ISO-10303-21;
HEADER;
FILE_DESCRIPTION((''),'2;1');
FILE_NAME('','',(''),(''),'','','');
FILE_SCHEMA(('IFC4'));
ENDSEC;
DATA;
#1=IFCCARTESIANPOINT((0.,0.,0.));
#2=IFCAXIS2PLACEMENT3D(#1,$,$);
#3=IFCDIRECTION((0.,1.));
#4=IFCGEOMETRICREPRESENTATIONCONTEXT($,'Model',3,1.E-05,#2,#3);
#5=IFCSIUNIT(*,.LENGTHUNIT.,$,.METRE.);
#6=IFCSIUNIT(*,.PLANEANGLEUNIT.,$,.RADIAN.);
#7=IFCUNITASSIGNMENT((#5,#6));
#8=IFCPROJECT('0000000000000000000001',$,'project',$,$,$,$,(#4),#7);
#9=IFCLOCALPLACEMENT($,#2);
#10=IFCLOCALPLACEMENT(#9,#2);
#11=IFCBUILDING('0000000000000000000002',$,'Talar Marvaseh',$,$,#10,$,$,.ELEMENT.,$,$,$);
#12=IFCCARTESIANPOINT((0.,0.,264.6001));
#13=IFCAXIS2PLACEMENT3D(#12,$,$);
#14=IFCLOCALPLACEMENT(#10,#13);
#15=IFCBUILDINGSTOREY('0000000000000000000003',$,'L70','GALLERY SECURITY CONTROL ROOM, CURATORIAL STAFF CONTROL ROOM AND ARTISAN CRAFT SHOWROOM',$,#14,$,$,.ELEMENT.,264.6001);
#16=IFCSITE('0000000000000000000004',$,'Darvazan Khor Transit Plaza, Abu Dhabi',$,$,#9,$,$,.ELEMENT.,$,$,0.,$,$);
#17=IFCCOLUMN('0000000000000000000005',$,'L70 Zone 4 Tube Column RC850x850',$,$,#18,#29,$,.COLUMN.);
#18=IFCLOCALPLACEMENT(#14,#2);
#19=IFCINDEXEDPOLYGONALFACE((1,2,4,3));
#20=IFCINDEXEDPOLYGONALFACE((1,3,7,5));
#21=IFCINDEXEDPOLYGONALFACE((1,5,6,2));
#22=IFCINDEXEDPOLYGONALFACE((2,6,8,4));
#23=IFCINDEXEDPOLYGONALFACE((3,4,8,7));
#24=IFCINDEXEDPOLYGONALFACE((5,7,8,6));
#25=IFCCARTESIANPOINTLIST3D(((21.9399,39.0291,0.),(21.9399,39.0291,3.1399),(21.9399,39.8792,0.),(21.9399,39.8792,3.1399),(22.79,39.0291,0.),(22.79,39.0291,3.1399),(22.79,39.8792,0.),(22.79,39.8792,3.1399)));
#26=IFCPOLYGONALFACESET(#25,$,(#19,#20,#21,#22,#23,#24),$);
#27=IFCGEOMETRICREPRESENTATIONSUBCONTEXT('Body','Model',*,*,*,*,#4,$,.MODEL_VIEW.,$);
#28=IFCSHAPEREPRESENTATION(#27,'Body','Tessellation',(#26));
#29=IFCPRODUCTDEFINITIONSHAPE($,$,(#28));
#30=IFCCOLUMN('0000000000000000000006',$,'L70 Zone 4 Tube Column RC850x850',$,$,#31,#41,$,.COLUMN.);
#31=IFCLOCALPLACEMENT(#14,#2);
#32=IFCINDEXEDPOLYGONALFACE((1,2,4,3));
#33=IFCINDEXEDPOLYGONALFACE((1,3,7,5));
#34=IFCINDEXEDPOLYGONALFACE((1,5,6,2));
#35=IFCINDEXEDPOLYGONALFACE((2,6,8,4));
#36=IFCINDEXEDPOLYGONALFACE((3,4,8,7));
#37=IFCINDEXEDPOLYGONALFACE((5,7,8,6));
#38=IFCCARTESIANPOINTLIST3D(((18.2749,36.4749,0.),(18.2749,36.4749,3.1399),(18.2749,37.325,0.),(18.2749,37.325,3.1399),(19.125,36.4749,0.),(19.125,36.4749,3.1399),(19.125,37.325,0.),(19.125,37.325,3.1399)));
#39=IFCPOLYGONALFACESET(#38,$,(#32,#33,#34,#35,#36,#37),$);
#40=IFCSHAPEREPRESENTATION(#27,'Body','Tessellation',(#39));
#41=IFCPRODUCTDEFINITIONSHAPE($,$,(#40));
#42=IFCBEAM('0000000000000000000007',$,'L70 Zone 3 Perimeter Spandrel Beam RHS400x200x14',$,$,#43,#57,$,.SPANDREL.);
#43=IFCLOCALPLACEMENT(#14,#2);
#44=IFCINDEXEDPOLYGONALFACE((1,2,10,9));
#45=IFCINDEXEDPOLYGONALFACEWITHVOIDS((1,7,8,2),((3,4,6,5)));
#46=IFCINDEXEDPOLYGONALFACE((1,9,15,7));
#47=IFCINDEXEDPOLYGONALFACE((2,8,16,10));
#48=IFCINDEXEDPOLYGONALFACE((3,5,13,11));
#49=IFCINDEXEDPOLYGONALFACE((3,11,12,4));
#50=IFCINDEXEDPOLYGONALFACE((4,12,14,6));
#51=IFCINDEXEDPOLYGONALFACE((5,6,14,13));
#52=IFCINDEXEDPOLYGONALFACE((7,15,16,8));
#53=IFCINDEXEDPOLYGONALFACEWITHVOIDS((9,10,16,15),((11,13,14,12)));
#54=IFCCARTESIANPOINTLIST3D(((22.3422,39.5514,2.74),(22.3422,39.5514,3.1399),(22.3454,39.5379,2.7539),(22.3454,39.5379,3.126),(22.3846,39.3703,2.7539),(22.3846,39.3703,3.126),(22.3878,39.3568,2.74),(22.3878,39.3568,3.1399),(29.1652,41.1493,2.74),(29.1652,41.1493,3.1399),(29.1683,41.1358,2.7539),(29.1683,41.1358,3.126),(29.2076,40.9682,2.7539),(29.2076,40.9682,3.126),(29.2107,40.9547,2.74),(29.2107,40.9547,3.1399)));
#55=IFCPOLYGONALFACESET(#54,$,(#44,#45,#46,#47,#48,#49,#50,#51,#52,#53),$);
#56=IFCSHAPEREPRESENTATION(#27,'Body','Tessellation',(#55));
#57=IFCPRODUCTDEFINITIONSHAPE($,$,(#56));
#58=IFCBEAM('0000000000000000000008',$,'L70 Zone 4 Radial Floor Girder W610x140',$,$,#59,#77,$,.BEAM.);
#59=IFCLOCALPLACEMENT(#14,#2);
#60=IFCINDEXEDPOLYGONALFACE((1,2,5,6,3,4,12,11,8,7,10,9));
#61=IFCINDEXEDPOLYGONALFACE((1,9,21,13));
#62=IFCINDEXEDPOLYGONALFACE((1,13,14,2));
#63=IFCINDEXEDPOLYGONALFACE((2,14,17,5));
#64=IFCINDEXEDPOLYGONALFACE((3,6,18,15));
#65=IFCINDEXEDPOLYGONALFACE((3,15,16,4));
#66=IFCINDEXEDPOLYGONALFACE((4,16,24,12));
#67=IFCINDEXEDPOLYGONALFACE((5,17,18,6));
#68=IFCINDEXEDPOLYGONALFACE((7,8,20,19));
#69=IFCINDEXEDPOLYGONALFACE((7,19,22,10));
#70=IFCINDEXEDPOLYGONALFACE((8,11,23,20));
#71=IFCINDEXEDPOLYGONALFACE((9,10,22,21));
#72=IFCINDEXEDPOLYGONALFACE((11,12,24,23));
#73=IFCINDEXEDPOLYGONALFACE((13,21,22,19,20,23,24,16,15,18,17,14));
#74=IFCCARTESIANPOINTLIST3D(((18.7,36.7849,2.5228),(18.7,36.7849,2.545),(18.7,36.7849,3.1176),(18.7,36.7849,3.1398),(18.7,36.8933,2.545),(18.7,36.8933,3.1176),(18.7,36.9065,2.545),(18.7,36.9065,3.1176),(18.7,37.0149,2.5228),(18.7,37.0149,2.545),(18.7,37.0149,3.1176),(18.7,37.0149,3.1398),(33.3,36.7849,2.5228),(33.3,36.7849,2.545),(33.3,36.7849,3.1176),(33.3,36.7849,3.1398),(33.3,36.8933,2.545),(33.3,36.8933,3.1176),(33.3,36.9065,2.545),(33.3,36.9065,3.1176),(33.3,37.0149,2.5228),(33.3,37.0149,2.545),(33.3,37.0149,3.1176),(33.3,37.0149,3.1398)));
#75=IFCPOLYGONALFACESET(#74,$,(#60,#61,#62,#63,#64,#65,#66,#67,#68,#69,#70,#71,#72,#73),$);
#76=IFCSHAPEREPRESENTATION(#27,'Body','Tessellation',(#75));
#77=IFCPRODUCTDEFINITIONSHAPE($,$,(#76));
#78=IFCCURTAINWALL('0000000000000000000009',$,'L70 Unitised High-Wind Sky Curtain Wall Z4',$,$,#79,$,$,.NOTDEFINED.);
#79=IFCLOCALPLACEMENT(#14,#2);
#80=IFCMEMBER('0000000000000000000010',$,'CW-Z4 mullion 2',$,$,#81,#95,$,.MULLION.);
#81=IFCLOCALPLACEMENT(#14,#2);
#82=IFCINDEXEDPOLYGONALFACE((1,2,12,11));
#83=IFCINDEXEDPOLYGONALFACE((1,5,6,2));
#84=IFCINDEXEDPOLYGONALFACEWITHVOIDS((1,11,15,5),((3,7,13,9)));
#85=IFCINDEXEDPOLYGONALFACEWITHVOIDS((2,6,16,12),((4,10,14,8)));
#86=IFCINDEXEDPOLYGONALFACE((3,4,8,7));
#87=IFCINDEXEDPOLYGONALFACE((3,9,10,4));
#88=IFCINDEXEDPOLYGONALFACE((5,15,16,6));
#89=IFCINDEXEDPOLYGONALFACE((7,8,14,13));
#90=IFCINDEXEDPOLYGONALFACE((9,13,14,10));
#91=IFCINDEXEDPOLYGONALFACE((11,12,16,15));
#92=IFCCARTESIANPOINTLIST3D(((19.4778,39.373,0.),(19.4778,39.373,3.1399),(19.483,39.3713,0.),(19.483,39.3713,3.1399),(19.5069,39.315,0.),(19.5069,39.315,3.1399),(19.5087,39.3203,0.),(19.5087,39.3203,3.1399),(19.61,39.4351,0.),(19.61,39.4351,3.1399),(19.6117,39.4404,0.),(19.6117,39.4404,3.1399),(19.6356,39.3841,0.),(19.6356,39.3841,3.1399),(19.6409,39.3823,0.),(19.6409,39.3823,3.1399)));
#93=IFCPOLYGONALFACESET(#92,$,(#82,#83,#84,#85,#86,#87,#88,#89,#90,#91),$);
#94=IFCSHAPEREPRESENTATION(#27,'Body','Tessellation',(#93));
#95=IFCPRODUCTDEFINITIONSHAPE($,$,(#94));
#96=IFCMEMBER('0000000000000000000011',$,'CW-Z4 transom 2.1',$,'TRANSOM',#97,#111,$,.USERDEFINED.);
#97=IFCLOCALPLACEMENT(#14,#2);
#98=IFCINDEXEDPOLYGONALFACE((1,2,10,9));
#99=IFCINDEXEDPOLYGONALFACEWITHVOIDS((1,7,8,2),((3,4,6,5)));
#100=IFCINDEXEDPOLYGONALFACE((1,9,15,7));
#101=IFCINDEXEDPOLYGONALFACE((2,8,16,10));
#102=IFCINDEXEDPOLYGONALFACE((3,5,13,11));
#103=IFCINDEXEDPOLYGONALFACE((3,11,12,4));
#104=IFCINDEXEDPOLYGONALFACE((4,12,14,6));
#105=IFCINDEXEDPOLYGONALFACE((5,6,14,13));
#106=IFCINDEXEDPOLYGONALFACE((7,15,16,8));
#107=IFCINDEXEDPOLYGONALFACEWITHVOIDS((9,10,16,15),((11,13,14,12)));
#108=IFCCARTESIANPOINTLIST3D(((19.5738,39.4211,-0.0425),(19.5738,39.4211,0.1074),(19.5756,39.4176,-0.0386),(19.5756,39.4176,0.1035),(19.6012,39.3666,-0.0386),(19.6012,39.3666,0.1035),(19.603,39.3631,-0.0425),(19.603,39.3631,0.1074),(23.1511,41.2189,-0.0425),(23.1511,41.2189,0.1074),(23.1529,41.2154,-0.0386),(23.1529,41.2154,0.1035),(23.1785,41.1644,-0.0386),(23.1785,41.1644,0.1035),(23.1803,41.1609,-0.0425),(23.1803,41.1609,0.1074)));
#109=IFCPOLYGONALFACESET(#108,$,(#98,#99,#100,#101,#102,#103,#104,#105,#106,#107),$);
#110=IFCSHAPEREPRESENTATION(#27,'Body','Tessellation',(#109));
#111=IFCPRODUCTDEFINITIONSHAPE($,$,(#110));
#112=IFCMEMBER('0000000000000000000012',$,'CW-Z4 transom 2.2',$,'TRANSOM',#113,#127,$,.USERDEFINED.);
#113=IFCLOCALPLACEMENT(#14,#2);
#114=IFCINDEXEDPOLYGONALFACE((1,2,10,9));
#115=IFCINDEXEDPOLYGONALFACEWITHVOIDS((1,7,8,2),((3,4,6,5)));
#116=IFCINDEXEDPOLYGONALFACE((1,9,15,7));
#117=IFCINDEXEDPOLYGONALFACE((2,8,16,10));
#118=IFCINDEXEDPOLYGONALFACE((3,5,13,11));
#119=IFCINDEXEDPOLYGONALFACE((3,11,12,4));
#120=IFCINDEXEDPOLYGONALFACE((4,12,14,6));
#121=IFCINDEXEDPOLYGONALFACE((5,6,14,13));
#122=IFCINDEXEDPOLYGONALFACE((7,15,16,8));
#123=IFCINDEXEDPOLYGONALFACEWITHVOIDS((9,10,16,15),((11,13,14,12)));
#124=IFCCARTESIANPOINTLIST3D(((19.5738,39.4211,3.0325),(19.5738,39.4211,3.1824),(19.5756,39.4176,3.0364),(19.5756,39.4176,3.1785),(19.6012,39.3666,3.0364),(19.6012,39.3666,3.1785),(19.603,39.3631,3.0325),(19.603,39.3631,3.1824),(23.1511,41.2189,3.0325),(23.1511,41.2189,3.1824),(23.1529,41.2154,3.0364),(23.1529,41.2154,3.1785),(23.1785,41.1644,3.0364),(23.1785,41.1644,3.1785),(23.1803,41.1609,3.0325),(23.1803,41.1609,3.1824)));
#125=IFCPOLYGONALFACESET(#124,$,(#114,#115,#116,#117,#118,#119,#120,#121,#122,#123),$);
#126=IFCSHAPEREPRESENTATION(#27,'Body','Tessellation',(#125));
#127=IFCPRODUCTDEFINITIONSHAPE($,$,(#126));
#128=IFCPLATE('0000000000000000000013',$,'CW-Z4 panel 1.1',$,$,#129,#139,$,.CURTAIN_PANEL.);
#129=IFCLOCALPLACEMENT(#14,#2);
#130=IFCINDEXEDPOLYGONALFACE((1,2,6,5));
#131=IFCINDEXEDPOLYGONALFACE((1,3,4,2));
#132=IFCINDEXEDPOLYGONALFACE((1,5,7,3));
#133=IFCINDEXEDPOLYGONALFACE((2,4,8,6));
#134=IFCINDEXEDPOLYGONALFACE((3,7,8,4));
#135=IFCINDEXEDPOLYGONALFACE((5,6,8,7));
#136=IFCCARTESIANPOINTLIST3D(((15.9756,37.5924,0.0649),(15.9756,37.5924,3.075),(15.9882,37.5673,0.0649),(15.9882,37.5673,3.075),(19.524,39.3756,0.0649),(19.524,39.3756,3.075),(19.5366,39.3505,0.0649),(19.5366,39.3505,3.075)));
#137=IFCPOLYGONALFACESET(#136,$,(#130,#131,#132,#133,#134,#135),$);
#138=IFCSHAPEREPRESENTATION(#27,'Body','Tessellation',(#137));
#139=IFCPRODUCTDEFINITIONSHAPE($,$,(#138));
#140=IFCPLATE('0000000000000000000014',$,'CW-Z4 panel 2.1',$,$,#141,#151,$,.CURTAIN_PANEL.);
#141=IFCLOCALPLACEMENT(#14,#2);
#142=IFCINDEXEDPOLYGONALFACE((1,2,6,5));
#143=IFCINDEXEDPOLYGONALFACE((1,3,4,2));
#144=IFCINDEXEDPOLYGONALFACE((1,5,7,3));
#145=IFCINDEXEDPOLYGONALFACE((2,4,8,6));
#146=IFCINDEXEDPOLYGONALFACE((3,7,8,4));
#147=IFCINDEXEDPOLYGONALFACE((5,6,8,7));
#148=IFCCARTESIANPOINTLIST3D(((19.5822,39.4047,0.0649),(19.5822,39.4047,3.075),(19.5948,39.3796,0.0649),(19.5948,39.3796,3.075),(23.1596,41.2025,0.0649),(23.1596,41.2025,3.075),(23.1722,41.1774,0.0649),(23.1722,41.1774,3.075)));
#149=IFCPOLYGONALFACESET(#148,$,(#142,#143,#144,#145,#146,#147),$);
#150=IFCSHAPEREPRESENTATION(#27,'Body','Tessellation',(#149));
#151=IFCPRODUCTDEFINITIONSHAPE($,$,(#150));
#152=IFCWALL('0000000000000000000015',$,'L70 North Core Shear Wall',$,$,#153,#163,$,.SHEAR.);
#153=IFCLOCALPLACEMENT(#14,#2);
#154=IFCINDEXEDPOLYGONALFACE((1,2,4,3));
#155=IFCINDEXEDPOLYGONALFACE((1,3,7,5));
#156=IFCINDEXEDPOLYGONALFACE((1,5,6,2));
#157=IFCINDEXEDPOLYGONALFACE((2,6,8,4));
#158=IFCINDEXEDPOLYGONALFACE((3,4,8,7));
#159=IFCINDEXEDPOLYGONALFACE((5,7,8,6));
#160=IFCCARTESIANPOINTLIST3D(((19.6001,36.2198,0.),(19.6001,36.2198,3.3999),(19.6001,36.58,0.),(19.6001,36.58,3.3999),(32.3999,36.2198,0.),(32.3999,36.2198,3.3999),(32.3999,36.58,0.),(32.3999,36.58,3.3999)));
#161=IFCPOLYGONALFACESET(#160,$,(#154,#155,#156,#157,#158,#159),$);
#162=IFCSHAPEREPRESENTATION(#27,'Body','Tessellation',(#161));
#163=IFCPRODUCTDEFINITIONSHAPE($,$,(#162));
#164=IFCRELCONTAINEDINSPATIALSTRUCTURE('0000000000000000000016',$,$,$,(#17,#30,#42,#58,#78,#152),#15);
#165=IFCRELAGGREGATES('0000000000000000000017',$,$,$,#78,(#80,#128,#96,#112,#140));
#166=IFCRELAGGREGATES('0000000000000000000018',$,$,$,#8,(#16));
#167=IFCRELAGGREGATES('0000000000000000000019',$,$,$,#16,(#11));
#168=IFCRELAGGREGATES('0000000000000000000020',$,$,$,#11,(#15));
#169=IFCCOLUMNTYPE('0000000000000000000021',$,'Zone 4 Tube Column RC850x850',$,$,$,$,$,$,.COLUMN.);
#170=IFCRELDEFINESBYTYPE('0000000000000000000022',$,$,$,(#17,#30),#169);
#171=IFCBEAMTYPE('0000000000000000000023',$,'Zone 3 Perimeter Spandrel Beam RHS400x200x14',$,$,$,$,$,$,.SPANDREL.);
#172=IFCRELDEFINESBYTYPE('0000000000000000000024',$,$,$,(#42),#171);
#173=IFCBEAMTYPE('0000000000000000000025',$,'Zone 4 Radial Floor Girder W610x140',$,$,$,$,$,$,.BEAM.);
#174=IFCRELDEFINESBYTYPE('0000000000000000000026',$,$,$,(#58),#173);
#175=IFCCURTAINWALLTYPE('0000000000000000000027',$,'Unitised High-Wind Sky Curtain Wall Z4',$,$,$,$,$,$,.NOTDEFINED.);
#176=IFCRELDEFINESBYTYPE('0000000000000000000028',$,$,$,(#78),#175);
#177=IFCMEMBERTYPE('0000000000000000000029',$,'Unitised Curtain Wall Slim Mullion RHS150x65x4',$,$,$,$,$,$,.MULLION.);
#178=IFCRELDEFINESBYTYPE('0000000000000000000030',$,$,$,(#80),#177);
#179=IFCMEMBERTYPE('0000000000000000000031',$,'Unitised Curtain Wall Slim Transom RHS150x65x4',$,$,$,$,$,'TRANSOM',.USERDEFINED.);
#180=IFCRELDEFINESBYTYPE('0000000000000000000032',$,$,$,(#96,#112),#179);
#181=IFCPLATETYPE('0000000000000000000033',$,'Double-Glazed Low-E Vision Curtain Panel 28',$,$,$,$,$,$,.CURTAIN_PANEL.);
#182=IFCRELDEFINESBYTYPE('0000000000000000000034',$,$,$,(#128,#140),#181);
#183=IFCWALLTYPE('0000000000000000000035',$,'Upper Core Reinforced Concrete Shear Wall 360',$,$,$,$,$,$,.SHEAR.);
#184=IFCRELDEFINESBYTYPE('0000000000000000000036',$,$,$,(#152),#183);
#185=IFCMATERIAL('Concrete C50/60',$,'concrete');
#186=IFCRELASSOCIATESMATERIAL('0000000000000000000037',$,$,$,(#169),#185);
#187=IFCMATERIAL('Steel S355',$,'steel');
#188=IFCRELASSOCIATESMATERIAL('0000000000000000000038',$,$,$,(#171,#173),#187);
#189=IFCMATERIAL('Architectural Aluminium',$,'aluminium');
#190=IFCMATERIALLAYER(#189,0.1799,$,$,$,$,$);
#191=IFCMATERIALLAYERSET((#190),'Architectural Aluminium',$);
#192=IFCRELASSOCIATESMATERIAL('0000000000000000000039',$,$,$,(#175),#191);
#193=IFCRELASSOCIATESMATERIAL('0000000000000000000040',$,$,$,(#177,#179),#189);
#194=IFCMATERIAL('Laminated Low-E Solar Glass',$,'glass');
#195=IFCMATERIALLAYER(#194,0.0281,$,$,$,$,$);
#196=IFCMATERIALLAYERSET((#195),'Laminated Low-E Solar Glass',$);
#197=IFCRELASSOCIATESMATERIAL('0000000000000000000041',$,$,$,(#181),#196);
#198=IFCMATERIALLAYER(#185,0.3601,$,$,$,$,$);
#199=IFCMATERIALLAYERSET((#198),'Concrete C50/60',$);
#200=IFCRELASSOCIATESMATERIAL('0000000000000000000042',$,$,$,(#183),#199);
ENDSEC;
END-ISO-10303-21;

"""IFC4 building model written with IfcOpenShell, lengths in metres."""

from ifc_helpers import new_model, si_unit, direction, frame, frame_2d, origin, origin_2d, place, context, subcontext, project, spatial, rectangle, hollow_rectangle, i_section, extrude, source, transform, mapped, material, layer, layer_set, material_profile, profile_set, type_object, type_shapes, element, aggregate, save


model = new_model("IFC4")

# Units and contexts
model_context = context("Model", 3, precision=1e-05, world=origin(), true_north=direction((0.0, 1.0)))
body_context = subcontext(model_context, "Body", "Model", "MODEL_VIEW")
ifc_project = project(units=[si_unit("LENGTHUNIT", "METRE"), si_unit("PLANEANGLEUNIT", "RADIAN")], contexts=[model_context])

# Site, building, storey
site_placement = place(None, origin())
site = spatial("IfcSite", under=ifc_project, at=site_placement, Name="Darvazan Khor Transit Plaza, Abu Dhabi", CompositionType="ELEMENT", RefElevation=0.0)
building_placement = place(site_placement, origin())
building = spatial("IfcBuilding", under=site, at=building_placement, Name="Talar Marvaseh", CompositionType="ELEMENT")
storey_placement = place(building_placement, frame((0.0, 0.0, 264.6001)))
storey = spatial("IfcBuildingStorey", under=building, at=storey_placement, Name="L70", Description="GALLERY SECURITY CONTROL ROOM, CURATORIAL STAFF CONTROL ROOM AND ARTISAN CRAFT SHOWROOM", CompositionType="ELEMENT", Elevation=264.6001)

# Columns
ifc_material_1 = material(Name="Concrete C50/60", Category="concrete")
ifc_material_profile_1 = material_profile(ifc_material_1, rectangle(XDim=0.8501, YDim=0.8501, at=origin_2d()), Name="RC850x850")
ifc_profile_set_1 = profile_set([ifc_material_profile_1], Name="Concrete C50/60")
column_type = type_object("IfcColumnType", Name="Zone 4 Tube Column RC850x850", PredefinedType="COLUMN", material=ifc_profile_set_1)
for number, where, z_axis, x_axis, name in (
    (1, (22.365, 39.4541, 0.0), (0.0, 0.0, 1.0), (1.0, 0.0, 0.0), "L70 Zone 4 Tube Column RC850x850"),
    (2, (18.7, 36.8999, 0.0), (0.0, 0.0, 1.0), (1.0, 0.0, 0.0), "L70 Zone 4 Tube Column RC850x850"),
):
    element("IfcColumn", number, at=place(storey_placement, frame(where, z_axis=z_axis, x_axis=x_axis)), inside=storey, type_object=column_type, Name=name, PredefinedType="COLUMN", context=body_context, shape_type="SweptSolid", body=[
        extrude(rectangle(XDim=0.8501, YDim=0.8501, at=origin_2d()), origin(), (0.0, 0.0, 1.0), 3.1399),
    ])

# Beams
ifc_material_2 = material(Name="Steel S355", Category="steel")
ifc_material_profile_2 = material_profile(ifc_material_2, hollow_rectangle(XDim=0.2, YDim=0.3999, WallThickness=0.0139, at=origin_2d()), Name="RHS400x200x14")
ifc_profile_set_2 = profile_set([ifc_material_profile_2], Name="Steel S355")
beam_type_1 = type_object("IfcBeamType", Name="Zone 3 Perimeter Spandrel Beam RHS400x200x14", PredefinedType="SPANDREL", material=ifc_profile_set_2)
beam_1_placement = place(storey_placement, frame((22.365, 39.4541, 2.9399), z_axis=(0.973656, 0.228024, 0.0), x_axis=(-0.228024, 0.973656, 0.0)))
element("IfcBeam", 3, at=beam_1_placement, inside=storey, type_object=beam_type_1, Name="L70 Zone 3 Perimeter Spandrel Beam RHS400x200x14", PredefinedType="SPANDREL", context=body_context, shape_type="SweptSolid", body=[
    extrude(hollow_rectangle(XDim=0.2, YDim=0.3999, WallThickness=0.0139, at=origin_2d()), origin(), (0.0, 0.0, 1.0), 7.0076),
])
ifc_material_profile_3 = material_profile(ifc_material_2, i_section(OverallWidth=0.23, OverallDepth=0.6169, WebThickness=0.0132, FlangeThickness=0.0222, at=origin_2d()), Name="W610x140")
ifc_profile_set_3 = profile_set([ifc_material_profile_3], Name="Steel S355")
beam_type_2 = type_object("IfcBeamType", Name="Zone 4 Radial Floor Girder W610x140", PredefinedType="BEAM", material=ifc_profile_set_3)
beam_2_placement = place(storey_placement, frame((18.7, 36.8999, 2.8313), z_axis=(1.0, 0.0, 0.0), x_axis=(0.0, 1.0, 0.0)))
element("IfcBeam", 4, at=beam_2_placement, inside=storey, type_object=beam_type_2, Name="L70 Zone 4 Radial Floor Girder W610x140", PredefinedType="BEAM", context=body_context, shape_type="SweptSolid", body=[
    extrude(i_section(OverallWidth=0.23, OverallDepth=0.6169, WebThickness=0.0132, FlangeThickness=0.0222, at=origin_2d()), origin(), (0.0, 0.0, 1.0), 14.6001),
])

# Curtain wall, members, plates
ifc_material_3 = material(Name="Architectural Aluminium", Category="aluminium")
ifc_layer_1 = layer(ifc_material_3, 0.1799)
ifc_layer_set_1 = layer_set([ifc_layer_1], Name="Architectural Aluminium")
curtain_wall_type = type_object("IfcCurtainWallType", Name="Unitised High-Wind Sky Curtain Wall Z4", PredefinedType="NOTDEFINED", material=ifc_layer_set_1)
curtain_wall_placement = place(storey_placement, origin())
curtain_wall = element("IfcCurtainWall", 5, at=curtain_wall_placement, inside=storey, type_object=curtain_wall_type, Name="L70 Unitised High-Wind Sky Curtain Wall Z4", PredefinedType="NOTDEFINED")
ifc_material_profile_4 = material_profile(ifc_material_3, hollow_rectangle(XDim=0.0649, YDim=0.1499, WallThickness=0.0039, at=origin_2d()), Name="RHS150x65x4")
ifc_profile_set_4 = profile_set([ifc_material_profile_4], Name="Architectural Aluminium")
member_type_1 = type_object("IfcMemberType", Name="Unitised Curtain Wall Slim Mullion RHS150x65x4", PredefinedType="MULLION", material=ifc_profile_set_4)
shared_shape_1 = source(origin(), body_context, "Body", "SweptSolid", [
    extrude(hollow_rectangle(XDim=0.0649, YDim=0.1499, WallThickness=0.0039, at=origin_2d()), origin(), (0.0, 0.0, 1.0), 3.1399),
])
type_shapes(member_type_1, [shared_shape_1])
member_1_placement = place(storey_placement, frame((19.5593, 39.3777, 0.0), z_axis=(0.0, 0.0, 1.0), x_axis=(-0.449035, 0.893514, 0.0)))
member_1 = element("IfcMember", 6, at=member_1_placement, type_object=member_type_1, Name="CW-Z4 mullion 2", PredefinedType="MULLION", context=body_context, shape_type="MappedRepresentation", body=[
    mapped(shared_shape_1, transform((0.0, 0.0, 0.0), x_axis=(1.0, 0.0, 0.0), y_axis=(0.0, 1.0, 0.0), z_axis=(0.0, 0.0, 1.0), scale=1.0)),
])
ifc_material_profile_5 = material_profile(ifc_material_3, hollow_rectangle(XDim=0.0649, YDim=0.1499, WallThickness=0.0039, at=origin_2d()), Name="RHS150x65x4")
ifc_profile_set_5 = profile_set([ifc_material_profile_5], Name="Architectural Aluminium")
member_type_2 = type_object("IfcMemberType", Name="Unitised Curtain Wall Slim Transom RHS150x65x4", ElementType="TRANSOM", PredefinedType="USERDEFINED", material=ifc_profile_set_5)
shared_shape_2 = source(origin(), body_context, "Body", "SweptSolid", [
    extrude(hollow_rectangle(XDim=0.0649, YDim=0.1499, WallThickness=0.0039, at=origin_2d()), origin(), (0.0, 0.0, 1.0), 4.0037),
])
type_shapes(member_type_2, [shared_shape_2])
member_2_placement = place(storey_placement, frame((19.5884, 39.3921, 0.0325), z_axis=(0.893511, 0.449042, 0.0), x_axis=(-0.449042, 0.893511, 0.0)))
member_2 = element("IfcMember", 7, at=member_2_placement, type_object=member_type_2, Name="CW-Z4 transom 2.1", ObjectType="TRANSOM", PredefinedType="USERDEFINED", context=body_context, shape_type="MappedRepresentation", body=[
    mapped(shared_shape_2, transform((0.0, 0.0, 0.0), x_axis=(1.0, 0.0, 0.0), y_axis=(0.0, 1.0, 0.0), z_axis=(0.0, 0.0, 1.0), scale=1.0)),
])
member_3_placement = place(storey_placement, frame((19.5884, 39.3921, 3.1074), z_axis=(0.893511, 0.449042, 0.0), x_axis=(-0.449042, 0.893511, 0.0)))
member_3 = element("IfcMember", 8, at=member_3_placement, type_object=member_type_2, Name="CW-Z4 transom 2.2", ObjectType="TRANSOM", PredefinedType="USERDEFINED", context=body_context, shape_type="MappedRepresentation", body=[
    mapped(shared_shape_2, transform((0.0, 0.0, 0.0), x_axis=(1.0, 0.0, 0.0), y_axis=(0.0, 1.0, 0.0), z_axis=(0.0, 0.0, 1.0), scale=1.0)),
])
ifc_material_4 = material(Name="Laminated Low-E Solar Glass", Category="glass")
ifc_layer_2 = layer(ifc_material_4, 0.0281)
ifc_layer_set_2 = layer_set([ifc_layer_2], Name="Laminated Low-E Solar Glass")
plate_type = type_object("IfcPlateType", Name="Double-Glazed Low-E Vision Curtain Panel 28", PredefinedType="CURTAIN_PANEL", material=ifc_layer_set_2)
shared_shape_3 = source(origin(), body_context, "Body", "SweptSolid", [
    extrude(rectangle(XDim=3.9712, YDim=0.0281, at=origin_2d()), origin(), (0.0, 0.0, 1.0), 3.01),
])
plate_1_placement = place(storey_placement, frame((17.7561, 38.4714, 0.0649), z_axis=(0.0, 0.0, 1.0), x_axis=(0.893514, 0.449035, 0.0)))
plate_1 = element("IfcPlate", 9, at=plate_1_placement, type_object=plate_type, Name="CW-Z4 panel 1.1", PredefinedType="CURTAIN_PANEL", context=body_context, shape_type="MappedRepresentation", body=[
    mapped(shared_shape_3, transform((0.0, 0.0, 0.0), x_axis=(1.0, 0.0, 0.0), y_axis=(0.0, 1.0, 0.0), z_axis=(0.0, 0.0, 1.0), scale=1.0)),
])
shared_shape_4 = source(origin(), body_context, "Body", "SweptSolid", [
    extrude(rectangle(XDim=4.0037, YDim=0.0281, at=origin_2d()), origin(), (0.0, 0.0, 1.0), 3.01),
])
type_shapes(plate_type, [shared_shape_3, shared_shape_4])
plate_2_placement = place(storey_placement, frame((21.3772, 40.291, 0.0649), z_axis=(0.0, 0.0, 1.0), x_axis=(0.893514, 0.449035, 0.0)))
plate_2 = element("IfcPlate", 10, at=plate_2_placement, type_object=plate_type, Name="CW-Z4 panel 2.1", PredefinedType="CURTAIN_PANEL", context=body_context, shape_type="MappedRepresentation", body=[
    mapped(shared_shape_4, transform((0.0, 0.0, 0.0), x_axis=(1.0, 0.0, 0.0), y_axis=(0.0, 1.0, 0.0), z_axis=(0.0, 0.0, 1.0), scale=1.0)),
])
aggregate(curtain_wall, [member_1, plate_1, member_2, member_3, plate_2])

# Wall
ifc_layer_3 = layer(ifc_material_1, 0.3601)
ifc_layer_set_3 = layer_set([ifc_layer_3], Name="Concrete C50/60")
wall_type = type_object("IfcWallType", Name="Upper Core Reinforced Concrete Shear Wall 360", PredefinedType="SHEAR", material=ifc_layer_set_3)
wall_placement = place(storey_placement, frame((19.6001, 36.3999, 0.0), z_axis=(0.0, 0.0, 1.0), x_axis=(1.0, 0.0, 0.0)))
element("IfcWall", 11, at=wall_placement, inside=storey, type_object=wall_type, Name="L70 North Core Shear Wall", PredefinedType="SHEAR", context=body_context, shape_type="SweptSolid", body=[
    extrude(rectangle(XDim=12.7998, YDim=0.3601, at=frame_2d((6.3999, 0.0))), origin(), (0.0, 0.0, 1.0), 3.3999),
])

save(model, "model.ifc")
